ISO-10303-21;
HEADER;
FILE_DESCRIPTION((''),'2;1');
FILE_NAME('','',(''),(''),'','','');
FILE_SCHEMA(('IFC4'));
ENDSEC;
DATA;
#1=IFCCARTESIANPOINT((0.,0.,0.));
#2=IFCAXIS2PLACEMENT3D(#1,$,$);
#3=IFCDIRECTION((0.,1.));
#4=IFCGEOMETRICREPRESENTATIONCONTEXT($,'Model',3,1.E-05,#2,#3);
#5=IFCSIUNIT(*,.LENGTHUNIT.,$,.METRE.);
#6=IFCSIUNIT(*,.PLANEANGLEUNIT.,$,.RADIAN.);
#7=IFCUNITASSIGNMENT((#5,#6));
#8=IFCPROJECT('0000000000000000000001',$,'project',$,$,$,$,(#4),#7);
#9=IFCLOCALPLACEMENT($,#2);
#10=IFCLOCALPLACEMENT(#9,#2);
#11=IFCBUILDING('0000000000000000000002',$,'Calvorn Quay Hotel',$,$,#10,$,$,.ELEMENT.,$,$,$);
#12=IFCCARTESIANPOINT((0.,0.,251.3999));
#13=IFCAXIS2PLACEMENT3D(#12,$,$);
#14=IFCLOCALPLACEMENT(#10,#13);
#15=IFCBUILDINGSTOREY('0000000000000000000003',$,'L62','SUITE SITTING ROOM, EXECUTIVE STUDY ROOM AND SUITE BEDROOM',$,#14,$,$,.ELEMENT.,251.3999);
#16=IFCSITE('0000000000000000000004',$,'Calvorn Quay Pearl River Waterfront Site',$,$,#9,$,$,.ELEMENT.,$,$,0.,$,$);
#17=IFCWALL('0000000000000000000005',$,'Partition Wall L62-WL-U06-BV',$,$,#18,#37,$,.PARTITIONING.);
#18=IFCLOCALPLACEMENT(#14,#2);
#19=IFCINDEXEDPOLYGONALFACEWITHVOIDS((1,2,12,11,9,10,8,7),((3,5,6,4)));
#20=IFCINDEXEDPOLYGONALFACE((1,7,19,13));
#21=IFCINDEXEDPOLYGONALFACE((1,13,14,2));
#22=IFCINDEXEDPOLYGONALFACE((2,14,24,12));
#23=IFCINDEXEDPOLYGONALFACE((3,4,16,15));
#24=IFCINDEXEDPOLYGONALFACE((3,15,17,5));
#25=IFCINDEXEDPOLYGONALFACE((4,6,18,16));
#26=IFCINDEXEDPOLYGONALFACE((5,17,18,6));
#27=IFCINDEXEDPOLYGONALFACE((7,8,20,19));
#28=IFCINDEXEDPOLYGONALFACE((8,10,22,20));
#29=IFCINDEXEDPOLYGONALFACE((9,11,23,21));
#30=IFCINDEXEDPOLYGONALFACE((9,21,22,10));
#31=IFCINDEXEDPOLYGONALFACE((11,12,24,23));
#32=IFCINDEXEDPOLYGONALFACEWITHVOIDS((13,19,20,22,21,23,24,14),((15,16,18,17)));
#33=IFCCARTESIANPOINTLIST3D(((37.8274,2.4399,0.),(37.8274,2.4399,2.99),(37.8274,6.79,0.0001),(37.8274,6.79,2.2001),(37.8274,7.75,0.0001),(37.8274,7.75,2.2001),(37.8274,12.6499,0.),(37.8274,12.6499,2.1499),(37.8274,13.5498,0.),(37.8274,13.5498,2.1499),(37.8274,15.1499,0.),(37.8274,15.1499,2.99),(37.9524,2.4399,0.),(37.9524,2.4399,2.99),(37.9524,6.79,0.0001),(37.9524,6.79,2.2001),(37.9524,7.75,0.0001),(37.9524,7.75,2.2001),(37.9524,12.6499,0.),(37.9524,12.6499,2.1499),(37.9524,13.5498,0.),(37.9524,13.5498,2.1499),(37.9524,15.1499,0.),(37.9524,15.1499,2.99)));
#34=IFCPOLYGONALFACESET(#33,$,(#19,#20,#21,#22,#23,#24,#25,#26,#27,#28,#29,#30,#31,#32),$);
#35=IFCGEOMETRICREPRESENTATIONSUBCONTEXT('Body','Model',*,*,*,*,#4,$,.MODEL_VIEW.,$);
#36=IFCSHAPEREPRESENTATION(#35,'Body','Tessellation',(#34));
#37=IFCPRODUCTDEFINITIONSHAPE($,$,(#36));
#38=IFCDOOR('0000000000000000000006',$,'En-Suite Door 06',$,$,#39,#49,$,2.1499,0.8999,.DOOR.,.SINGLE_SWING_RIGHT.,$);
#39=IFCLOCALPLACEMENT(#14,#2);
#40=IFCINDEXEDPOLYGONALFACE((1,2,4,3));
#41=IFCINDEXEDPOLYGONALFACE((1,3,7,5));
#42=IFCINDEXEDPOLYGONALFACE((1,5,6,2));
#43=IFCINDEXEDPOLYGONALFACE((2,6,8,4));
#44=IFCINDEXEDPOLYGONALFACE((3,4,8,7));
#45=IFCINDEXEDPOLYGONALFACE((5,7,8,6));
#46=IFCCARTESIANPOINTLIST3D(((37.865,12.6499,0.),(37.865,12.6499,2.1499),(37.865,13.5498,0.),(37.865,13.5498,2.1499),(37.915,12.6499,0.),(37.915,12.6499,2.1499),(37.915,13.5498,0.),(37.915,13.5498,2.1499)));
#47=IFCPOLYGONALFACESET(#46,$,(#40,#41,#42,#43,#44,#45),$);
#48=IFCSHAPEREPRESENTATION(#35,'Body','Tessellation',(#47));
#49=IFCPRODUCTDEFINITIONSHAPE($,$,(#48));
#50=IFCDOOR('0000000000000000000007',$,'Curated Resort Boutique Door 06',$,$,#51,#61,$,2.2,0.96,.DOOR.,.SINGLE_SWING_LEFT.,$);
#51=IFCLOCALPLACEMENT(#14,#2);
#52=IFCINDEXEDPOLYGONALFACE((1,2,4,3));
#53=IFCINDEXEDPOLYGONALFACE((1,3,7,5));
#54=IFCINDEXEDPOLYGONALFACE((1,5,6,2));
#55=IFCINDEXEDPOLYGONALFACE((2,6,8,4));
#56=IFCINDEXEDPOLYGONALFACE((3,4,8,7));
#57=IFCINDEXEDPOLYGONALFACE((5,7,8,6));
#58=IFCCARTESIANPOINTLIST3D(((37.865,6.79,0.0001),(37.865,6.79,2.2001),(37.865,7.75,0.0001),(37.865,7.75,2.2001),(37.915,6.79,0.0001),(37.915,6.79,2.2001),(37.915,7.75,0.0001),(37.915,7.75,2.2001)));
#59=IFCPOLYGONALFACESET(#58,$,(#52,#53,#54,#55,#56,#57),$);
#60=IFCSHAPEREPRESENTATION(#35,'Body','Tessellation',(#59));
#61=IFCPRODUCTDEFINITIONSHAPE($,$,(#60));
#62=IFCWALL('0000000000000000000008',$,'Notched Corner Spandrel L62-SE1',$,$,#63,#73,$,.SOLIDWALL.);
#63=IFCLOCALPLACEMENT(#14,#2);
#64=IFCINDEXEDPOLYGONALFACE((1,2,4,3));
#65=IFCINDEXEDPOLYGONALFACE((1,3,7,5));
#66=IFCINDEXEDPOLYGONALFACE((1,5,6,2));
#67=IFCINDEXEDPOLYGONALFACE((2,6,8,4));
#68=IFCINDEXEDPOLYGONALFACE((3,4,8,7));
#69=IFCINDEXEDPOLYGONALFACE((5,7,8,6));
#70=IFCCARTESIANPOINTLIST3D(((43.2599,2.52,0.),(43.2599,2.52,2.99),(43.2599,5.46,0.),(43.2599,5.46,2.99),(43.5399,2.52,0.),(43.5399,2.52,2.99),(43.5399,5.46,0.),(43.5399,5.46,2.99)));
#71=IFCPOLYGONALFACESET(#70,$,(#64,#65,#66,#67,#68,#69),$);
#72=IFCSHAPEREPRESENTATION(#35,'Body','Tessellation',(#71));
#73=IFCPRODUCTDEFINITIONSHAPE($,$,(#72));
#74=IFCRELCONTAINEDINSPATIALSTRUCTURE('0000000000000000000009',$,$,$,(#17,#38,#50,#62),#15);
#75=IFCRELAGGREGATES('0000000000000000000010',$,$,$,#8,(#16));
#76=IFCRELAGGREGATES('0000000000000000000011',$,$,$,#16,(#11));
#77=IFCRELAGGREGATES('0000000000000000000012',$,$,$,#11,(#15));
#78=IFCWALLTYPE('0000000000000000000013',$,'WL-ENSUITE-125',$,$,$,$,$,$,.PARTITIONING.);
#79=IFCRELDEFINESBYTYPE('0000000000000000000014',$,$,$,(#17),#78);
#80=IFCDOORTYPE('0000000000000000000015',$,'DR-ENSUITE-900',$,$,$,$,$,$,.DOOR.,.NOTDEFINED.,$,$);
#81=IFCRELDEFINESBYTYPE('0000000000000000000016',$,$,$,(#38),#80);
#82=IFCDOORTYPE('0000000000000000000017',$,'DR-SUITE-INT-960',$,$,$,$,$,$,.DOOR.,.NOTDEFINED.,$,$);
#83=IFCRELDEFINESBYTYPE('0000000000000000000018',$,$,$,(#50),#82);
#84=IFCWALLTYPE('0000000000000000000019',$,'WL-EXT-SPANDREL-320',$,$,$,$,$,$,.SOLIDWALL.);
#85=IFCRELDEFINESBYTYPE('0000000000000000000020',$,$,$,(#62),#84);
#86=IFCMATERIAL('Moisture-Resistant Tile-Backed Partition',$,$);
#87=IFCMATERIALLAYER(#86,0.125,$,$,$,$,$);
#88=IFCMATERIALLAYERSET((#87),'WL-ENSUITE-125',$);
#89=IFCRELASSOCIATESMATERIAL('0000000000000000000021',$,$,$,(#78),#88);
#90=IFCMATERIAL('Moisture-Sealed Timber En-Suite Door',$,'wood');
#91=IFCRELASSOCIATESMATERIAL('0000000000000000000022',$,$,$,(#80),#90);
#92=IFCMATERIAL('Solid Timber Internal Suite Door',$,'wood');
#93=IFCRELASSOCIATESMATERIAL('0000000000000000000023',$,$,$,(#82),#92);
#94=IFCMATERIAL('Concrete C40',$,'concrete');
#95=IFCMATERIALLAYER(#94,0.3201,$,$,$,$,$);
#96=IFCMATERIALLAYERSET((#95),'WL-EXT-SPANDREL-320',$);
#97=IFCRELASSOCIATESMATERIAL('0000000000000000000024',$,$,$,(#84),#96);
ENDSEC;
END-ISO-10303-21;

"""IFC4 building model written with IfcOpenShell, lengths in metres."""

from ifc_helpers import new_model, si_unit, direction, frame, frame_2d, origin, place, context, subcontext, project, spatial, rectangle, extrude, material, layer, layer_set, type_object, element, fill, save


model = new_model("IFC4")

# Units and contexts
model_context = context("Model", 3, precision=1e-05, world=origin(), true_north=direction((0.0, 1.0)))
body_context = subcontext(model_context, "Body", "Model", "MODEL_VIEW")
ifc_project = project(units=[si_unit("LENGTHUNIT", "METRE"), si_unit("PLANEANGLEUNIT", "RADIAN")], contexts=[model_context])

# Site, building, storey
site_placement = place(None, origin())
site = spatial("IfcSite", under=ifc_project, at=site_placement, Name="Calvorn Quay Pearl River Waterfront Site", CompositionType="ELEMENT", RefElevation=0.0)
building_placement = place(site_placement, origin())
building = spatial("IfcBuilding", under=site, at=building_placement, Name="Calvorn Quay Hotel", CompositionType="ELEMENT")
storey_placement = place(building_placement, frame((0.0, 0.0, 251.3999)))
storey = spatial("IfcBuildingStorey", under=building, at=storey_placement, Name="L62", Description="SUITE SITTING ROOM, EXECUTIVE STUDY ROOM AND SUITE BEDROOM", CompositionType="ELEMENT", Elevation=251.3999)

# Wall, openings, doors
ifc_material_1 = material(Name="Moisture-Resistant Tile-Backed Partition")
ifc_layer_1 = layer(ifc_material_1, 0.125)
ifc_layer_set_1 = layer_set([ifc_layer_1], Name="WL-ENSUITE-125")
wall_type_1 = type_object("IfcWallType", Name="WL-ENSUITE-125", PredefinedType="PARTITIONING", material=ifc_layer_set_1)
wall_1_placement = place(storey_placement, frame((37.8899, 2.4399, 0.0), z_axis=(0.0, 0.0, 1.0), x_axis=(0.0, 1.0, 0.0)))
wall_1 = element("IfcWall", 1, at=wall_1_placement, inside=storey, type_object=wall_type_1, Name="Partition Wall L62-WL-U06-BV", PredefinedType="PARTITIONING", context=body_context, shape_type="SweptSolid", body=[
    extrude(rectangle(XDim=12.71, YDim=0.125, at=frame_2d((6.355, 0.0))), origin(), (0.0, 0.0, 1.0), 2.99),
])
opening_1_placement = place(wall_1_placement, frame((4.3501, 0.0, 0.0)))
opening_1 = element("IfcOpeningElement", 2, at=opening_1_placement, cuts=wall_1, PredefinedType="OPENING", context=body_context, shape_type="SweptSolid", body=[
    extrude(rectangle(XDim=0.96, YDim=2.2, at=frame_2d((0.48, 1.1001))), frame((0.0, 0.0725, 0.0), z_axis=(0.0, -1.0, 0.0), x_axis=(1.0, 0.0, 0.0)), (0.0, 0.0, 1.0), 0.145),
])
opening_2_placement = place(wall_1_placement, frame((10.21, 0.0, 0.0)))
opening_2 = element("IfcOpeningElement", 3, at=opening_2_placement, cuts=wall_1, PredefinedType="OPENING", context=body_context, shape_type="SweptSolid", body=[
    extrude(rectangle(XDim=0.8999, YDim=2.1499, at=frame_2d((0.45, 1.075))), frame((0.0, 0.0725, 0.0), z_axis=(0.0, -1.0, 0.0), x_axis=(1.0, 0.0, 0.0)), (0.0, 0.0, 1.0), 0.145),
])
ifc_material_2 = material(Name="Moisture-Sealed Timber En-Suite Door", Category="wood")
door_type_1 = type_object("IfcDoorType", Name="DR-ENSUITE-900", OperationType="NOTDEFINED", PredefinedType="DOOR", material=ifc_material_2)
door_1_placement = place(opening_2_placement, origin())
door_1 = element("IfcDoor", 4, at=door_1_placement, inside=storey, type_object=door_type_1, Name="En-Suite Door 06", OperationType="SINGLE_SWING_RIGHT", OverallHeight=2.1499, OverallWidth=0.8999, PredefinedType="DOOR", context=body_context, shape_type="SweptSolid", body=[
    extrude(rectangle(XDim=0.8999, YDim=2.1499, at=frame_2d((0.45, 1.075))), frame((0.0, 0.0249, 0.0), z_axis=(0.0, -1.0, 0.0), x_axis=(1.0, 0.0, 0.0)), (0.0, 0.0, 1.0), 0.05),
])
fill(opening_2, door_1)
ifc_material_3 = material(Name="Solid Timber Internal Suite Door", Category="wood")
door_type_2 = type_object("IfcDoorType", Name="DR-SUITE-INT-960", OperationType="NOTDEFINED", PredefinedType="DOOR", material=ifc_material_3)
door_2_placement = place(opening_1_placement, origin())
door_2 = element("IfcDoor", 5, at=door_2_placement, inside=storey, type_object=door_type_2, Name="Curated Resort Boutique Door 06", OperationType="SINGLE_SWING_LEFT", OverallHeight=2.2, OverallWidth=0.96, PredefinedType="DOOR", context=body_context, shape_type="SweptSolid", body=[
    extrude(rectangle(XDim=0.96, YDim=2.2, at=frame_2d((0.48, 1.1001))), frame((0.0, 0.0249, 0.0), z_axis=(0.0, -1.0, 0.0), x_axis=(1.0, 0.0, 0.0)), (0.0, 0.0, 1.0), 0.05),
])
fill(opening_1, door_2)

# Wall
ifc_material_4 = material(Name="Concrete C40", Category="concrete")
ifc_layer_2 = layer(ifc_material_4, 0.3201)
ifc_layer_set_2 = layer_set([ifc_layer_2], Name="WL-EXT-SPANDREL-320")
wall_type_2 = type_object("IfcWallType", Name="WL-EXT-SPANDREL-320", PredefinedType="SOLIDWALL", material=ifc_layer_set_2)
wall_2_placement = place(storey_placement, frame((43.3999, 2.52, 0.0), z_axis=(0.0, 0.0, 1.0), x_axis=(0.0, 1.0, 0.0)))
element("IfcWall", 6, at=wall_2_placement, inside=storey, type_object=wall_type_2, Name="Notched Corner Spandrel L62-SE1", PredefinedType="SOLIDWALL", context=body_context, shape_type="SweptSolid", body=[
    extrude(rectangle(XDim=2.9399, YDim=0.28, at=frame_2d((1.47, 0.0))), origin(), (0.0, 0.0, 1.0), 2.99),
])

save(model, "model.ifc")
